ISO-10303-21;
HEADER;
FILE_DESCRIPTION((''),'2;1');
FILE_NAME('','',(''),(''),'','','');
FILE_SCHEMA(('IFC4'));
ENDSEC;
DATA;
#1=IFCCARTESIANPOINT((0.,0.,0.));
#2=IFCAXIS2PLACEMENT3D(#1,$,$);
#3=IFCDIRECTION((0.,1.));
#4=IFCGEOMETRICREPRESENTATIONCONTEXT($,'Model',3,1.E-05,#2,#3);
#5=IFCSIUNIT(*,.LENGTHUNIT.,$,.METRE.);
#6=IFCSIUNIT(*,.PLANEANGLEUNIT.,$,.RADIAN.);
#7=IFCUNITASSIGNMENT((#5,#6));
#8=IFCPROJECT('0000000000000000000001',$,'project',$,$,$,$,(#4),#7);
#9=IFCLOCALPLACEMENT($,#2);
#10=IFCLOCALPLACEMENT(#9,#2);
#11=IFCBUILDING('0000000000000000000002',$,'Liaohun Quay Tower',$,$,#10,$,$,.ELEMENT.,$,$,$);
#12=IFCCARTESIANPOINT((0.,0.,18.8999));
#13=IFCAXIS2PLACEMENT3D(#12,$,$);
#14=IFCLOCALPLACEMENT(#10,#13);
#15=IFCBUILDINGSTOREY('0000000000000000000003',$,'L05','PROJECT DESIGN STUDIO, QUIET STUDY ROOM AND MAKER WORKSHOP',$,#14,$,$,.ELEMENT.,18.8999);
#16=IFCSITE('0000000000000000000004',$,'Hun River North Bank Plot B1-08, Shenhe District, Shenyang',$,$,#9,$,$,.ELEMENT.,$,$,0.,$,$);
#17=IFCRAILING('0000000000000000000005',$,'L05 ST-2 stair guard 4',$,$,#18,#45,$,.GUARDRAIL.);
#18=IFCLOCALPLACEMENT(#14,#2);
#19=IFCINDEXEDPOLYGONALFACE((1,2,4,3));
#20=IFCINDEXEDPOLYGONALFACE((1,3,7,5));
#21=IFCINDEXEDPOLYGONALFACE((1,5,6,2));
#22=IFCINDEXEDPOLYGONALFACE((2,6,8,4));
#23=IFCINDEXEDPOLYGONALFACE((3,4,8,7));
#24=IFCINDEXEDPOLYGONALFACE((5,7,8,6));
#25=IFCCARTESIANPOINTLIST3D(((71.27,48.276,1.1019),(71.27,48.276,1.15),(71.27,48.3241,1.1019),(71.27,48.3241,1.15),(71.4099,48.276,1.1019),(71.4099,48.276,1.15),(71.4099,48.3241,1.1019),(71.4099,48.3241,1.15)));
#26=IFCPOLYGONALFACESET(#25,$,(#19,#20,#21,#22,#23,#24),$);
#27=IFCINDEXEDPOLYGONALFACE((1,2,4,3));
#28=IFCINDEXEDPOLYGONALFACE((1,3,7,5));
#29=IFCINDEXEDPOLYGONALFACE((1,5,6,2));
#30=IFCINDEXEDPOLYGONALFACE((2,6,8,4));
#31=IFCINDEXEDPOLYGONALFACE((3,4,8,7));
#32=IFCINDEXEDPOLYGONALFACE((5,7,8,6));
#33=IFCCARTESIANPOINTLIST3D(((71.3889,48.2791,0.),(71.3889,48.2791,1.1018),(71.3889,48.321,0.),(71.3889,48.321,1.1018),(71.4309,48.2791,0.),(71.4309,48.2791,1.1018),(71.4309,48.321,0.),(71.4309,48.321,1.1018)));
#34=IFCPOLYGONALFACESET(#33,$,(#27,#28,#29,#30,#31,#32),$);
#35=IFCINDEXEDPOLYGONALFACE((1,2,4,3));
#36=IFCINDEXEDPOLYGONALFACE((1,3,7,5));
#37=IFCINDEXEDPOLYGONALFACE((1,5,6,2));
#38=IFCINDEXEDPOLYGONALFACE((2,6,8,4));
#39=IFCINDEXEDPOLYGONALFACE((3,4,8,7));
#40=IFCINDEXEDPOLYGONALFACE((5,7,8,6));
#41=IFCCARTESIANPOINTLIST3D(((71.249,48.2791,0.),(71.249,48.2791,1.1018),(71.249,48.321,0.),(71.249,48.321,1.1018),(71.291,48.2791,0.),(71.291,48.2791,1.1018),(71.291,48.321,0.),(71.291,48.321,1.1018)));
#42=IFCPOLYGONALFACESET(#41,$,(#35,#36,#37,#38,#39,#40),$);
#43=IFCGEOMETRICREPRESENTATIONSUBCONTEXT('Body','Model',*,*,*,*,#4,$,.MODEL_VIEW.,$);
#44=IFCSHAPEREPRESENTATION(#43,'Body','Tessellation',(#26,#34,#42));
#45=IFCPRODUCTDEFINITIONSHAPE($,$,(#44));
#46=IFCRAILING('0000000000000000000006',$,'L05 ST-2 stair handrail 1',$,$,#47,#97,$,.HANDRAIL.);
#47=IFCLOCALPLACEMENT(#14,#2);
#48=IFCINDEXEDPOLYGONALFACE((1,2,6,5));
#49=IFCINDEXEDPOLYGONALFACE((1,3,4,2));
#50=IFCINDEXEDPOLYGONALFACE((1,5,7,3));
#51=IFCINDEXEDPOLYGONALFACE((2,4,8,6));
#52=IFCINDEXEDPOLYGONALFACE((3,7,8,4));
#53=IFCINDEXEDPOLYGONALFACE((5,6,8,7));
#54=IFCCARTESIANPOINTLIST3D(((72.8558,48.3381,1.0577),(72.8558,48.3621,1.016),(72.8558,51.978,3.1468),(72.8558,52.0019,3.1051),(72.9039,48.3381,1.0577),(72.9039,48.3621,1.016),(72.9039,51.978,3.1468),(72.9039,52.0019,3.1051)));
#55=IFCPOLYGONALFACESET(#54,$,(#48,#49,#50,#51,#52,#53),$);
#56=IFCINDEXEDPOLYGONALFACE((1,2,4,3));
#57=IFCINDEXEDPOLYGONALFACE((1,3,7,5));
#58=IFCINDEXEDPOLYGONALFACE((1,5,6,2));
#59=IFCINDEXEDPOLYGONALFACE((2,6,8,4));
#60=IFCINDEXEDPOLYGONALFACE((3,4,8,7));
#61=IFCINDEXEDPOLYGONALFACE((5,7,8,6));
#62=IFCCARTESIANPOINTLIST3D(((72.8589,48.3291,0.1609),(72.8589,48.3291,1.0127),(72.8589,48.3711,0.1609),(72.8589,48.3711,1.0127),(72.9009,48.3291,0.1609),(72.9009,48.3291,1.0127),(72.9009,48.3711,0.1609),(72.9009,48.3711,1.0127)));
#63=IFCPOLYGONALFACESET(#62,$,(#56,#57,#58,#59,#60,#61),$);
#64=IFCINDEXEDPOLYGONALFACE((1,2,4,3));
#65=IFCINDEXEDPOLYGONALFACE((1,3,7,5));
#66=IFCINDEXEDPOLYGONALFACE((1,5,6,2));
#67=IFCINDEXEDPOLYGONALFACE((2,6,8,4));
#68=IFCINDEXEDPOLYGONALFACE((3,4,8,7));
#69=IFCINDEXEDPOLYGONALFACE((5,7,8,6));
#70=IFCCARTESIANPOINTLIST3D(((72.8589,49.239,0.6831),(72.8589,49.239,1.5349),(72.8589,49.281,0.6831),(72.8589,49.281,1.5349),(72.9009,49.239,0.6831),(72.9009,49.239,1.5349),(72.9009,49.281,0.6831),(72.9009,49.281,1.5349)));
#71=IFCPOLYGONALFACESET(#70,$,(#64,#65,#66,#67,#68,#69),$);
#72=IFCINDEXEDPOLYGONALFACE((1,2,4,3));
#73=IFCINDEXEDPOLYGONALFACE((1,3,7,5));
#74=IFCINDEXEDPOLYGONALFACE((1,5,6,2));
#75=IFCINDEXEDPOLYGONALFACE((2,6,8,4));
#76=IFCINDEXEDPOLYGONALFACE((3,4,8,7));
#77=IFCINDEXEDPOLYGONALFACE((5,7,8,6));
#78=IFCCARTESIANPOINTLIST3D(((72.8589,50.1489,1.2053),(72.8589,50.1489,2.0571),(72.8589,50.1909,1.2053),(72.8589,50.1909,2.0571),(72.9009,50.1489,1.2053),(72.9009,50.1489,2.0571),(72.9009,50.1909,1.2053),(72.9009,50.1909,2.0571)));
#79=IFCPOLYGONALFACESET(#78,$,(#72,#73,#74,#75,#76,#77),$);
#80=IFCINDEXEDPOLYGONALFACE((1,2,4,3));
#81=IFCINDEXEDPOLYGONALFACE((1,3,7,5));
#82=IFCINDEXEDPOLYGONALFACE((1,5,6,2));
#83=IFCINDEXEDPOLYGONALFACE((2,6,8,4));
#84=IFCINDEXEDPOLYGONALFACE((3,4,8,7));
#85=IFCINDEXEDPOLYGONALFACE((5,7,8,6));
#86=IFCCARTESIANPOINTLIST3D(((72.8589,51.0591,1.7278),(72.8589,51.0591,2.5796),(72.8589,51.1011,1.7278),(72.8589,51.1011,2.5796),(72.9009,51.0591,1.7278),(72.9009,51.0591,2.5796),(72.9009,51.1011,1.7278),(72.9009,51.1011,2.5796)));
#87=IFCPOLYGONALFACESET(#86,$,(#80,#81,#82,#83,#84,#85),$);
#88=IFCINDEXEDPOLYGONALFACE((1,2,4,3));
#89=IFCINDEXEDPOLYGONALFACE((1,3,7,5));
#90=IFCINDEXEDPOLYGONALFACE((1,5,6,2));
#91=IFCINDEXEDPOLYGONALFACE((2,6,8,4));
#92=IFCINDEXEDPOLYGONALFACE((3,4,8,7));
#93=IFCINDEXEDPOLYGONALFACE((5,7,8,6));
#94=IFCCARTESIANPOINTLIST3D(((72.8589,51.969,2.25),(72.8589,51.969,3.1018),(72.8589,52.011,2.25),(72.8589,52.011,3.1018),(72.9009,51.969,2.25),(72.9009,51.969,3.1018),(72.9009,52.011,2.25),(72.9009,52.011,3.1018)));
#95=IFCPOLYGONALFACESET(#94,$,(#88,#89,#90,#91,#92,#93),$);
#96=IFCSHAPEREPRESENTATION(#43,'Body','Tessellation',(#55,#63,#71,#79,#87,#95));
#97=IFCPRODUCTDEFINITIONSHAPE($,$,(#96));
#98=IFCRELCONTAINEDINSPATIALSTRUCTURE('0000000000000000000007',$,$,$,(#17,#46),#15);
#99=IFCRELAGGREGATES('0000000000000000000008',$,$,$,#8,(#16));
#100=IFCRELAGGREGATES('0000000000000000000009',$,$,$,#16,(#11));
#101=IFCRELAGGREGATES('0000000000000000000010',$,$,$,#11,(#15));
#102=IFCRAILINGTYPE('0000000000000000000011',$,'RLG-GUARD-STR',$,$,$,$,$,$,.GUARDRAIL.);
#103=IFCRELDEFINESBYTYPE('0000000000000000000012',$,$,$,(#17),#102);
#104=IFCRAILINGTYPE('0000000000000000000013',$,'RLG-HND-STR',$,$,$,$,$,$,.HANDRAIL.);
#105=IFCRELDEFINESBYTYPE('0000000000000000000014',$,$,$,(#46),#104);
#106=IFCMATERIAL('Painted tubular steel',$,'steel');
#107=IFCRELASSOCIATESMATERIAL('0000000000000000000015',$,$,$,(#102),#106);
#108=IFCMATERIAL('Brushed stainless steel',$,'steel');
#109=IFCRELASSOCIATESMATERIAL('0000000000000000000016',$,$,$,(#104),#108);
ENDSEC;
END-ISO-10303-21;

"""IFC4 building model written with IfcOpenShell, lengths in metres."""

from ifc_helpers import new_model, si_unit, direction, frame, origin, origin_2d, place, context, subcontext, project, spatial, rectangle, extrude, material, type_object, element, save


model = new_model("IFC4")

# Units and contexts
model_context = context("Model", 3, precision=1e-05, world=origin(), true_north=direction((0.0, 1.0)))
body_context = subcontext(model_context, "Body", "Model", "MODEL_VIEW")
ifc_project = project(units=[si_unit("LENGTHUNIT", "METRE"), si_unit("PLANEANGLEUNIT", "RADIAN")], contexts=[model_context])

# Site, building, storey
site_placement = place(None, origin())
site = spatial("IfcSite", under=ifc_project, at=site_placement, Name="Hun River North Bank Plot B1-08, Shenhe District, Shenyang", CompositionType="ELEMENT", RefElevation=0.0)
building_placement = place(site_placement, origin())
building = spatial("IfcBuilding", under=site, at=building_placement, Name="Liaohun Quay Tower", CompositionType="ELEMENT")
storey_placement = place(building_placement, frame((0.0, 0.0, 18.8999)))
storey = spatial("IfcBuildingStorey", under=building, at=storey_placement, Name="L05", Description="PROJECT DESIGN STUDIO, QUIET STUDY ROOM AND MAKER WORKSHOP", CompositionType="ELEMENT", Elevation=18.8999)

# Railings
ifc_material_1 = material(Name="Painted tubular steel", Category="steel")
railing_type_1 = type_object("IfcRailingType", Name="RLG-GUARD-STR", PredefinedType="GUARDRAIL", material=ifc_material_1)
railing_1_placement = place(storey_placement, frame((71.4099, 48.3, 0.0)))
element("IfcRailing", 1, at=railing_1_placement, inside=storey, type_object=railing_type_1, Name="L05 ST-2 stair guard 4", PredefinedType="GUARDRAIL", context=body_context, shape_type="SweptSolid", body=[
    extrude(rectangle(XDim=0.0481, YDim=0.0481, at=origin_2d()), frame((0.0, 0.0, 1.126), z_axis=(-1.0, 0.0, 0.0), x_axis=(0.0, -1.0, 0.0)), (0.0, 0.0, 1.0), 0.1399),
    extrude(rectangle(XDim=0.042, YDim=0.042, at=origin_2d()), origin(), (0.0, 0.0, 1.0), 1.1018),
    extrude(rectangle(XDim=0.042, YDim=0.042, at=origin_2d()), frame((-0.1399, 0.0, 0.0)), (0.0, 0.0, 1.0), 1.1018),
])
ifc_material_2 = material(Name="Brushed stainless steel", Category="steel")
railing_type_2 = type_object("IfcRailingType", Name="RLG-HND-STR", PredefinedType="HANDRAIL", material=ifc_material_2)
railing_2_placement = place(storey_placement, frame((72.8799, 48.3501, 0.1609)))
element("IfcRailing", 2, at=railing_2_placement, inside=storey, type_object=railing_type_2, Name="L05 ST-2 stair handrail 1", PredefinedType="HANDRAIL", context=body_context, shape_type="SweptSolid", body=[
    extrude(rectangle(XDim=0.0481, YDim=0.0481, at=origin_2d()), frame((0.0, 0.0, 0.876), z_axis=(0.0, 0.8673, 0.497786), x_axis=(-1.0, 0.0, 0.0)), (0.0, 0.0, 1.0), 4.1968),
    extrude(rectangle(XDim=0.042, YDim=0.042, at=origin_2d()), origin(), (0.0, 0.0, 1.0), 0.8518),
    extrude(rectangle(XDim=0.042, YDim=0.042, at=origin_2d()), frame((0.0, 0.9099, 0.5222)), (0.0, 0.0, 1.0), 0.8518),
    extrude(rectangle(XDim=0.042, YDim=0.042, at=origin_2d()), frame((0.0, 1.8198, 1.0444)), (0.0, 0.0, 1.0), 0.8518),
    extrude(rectangle(XDim=0.042, YDim=0.042, at=origin_2d()), frame((0.0, 2.73, 1.5669)), (0.0, 0.0, 1.0), 0.8518),
    extrude(rectangle(XDim=0.042, YDim=0.042, at=origin_2d()), frame((0.0, 3.6399, 2.0891)), (0.0, 0.0, 1.0), 0.8518),
])

save(model, "model.ifc")
